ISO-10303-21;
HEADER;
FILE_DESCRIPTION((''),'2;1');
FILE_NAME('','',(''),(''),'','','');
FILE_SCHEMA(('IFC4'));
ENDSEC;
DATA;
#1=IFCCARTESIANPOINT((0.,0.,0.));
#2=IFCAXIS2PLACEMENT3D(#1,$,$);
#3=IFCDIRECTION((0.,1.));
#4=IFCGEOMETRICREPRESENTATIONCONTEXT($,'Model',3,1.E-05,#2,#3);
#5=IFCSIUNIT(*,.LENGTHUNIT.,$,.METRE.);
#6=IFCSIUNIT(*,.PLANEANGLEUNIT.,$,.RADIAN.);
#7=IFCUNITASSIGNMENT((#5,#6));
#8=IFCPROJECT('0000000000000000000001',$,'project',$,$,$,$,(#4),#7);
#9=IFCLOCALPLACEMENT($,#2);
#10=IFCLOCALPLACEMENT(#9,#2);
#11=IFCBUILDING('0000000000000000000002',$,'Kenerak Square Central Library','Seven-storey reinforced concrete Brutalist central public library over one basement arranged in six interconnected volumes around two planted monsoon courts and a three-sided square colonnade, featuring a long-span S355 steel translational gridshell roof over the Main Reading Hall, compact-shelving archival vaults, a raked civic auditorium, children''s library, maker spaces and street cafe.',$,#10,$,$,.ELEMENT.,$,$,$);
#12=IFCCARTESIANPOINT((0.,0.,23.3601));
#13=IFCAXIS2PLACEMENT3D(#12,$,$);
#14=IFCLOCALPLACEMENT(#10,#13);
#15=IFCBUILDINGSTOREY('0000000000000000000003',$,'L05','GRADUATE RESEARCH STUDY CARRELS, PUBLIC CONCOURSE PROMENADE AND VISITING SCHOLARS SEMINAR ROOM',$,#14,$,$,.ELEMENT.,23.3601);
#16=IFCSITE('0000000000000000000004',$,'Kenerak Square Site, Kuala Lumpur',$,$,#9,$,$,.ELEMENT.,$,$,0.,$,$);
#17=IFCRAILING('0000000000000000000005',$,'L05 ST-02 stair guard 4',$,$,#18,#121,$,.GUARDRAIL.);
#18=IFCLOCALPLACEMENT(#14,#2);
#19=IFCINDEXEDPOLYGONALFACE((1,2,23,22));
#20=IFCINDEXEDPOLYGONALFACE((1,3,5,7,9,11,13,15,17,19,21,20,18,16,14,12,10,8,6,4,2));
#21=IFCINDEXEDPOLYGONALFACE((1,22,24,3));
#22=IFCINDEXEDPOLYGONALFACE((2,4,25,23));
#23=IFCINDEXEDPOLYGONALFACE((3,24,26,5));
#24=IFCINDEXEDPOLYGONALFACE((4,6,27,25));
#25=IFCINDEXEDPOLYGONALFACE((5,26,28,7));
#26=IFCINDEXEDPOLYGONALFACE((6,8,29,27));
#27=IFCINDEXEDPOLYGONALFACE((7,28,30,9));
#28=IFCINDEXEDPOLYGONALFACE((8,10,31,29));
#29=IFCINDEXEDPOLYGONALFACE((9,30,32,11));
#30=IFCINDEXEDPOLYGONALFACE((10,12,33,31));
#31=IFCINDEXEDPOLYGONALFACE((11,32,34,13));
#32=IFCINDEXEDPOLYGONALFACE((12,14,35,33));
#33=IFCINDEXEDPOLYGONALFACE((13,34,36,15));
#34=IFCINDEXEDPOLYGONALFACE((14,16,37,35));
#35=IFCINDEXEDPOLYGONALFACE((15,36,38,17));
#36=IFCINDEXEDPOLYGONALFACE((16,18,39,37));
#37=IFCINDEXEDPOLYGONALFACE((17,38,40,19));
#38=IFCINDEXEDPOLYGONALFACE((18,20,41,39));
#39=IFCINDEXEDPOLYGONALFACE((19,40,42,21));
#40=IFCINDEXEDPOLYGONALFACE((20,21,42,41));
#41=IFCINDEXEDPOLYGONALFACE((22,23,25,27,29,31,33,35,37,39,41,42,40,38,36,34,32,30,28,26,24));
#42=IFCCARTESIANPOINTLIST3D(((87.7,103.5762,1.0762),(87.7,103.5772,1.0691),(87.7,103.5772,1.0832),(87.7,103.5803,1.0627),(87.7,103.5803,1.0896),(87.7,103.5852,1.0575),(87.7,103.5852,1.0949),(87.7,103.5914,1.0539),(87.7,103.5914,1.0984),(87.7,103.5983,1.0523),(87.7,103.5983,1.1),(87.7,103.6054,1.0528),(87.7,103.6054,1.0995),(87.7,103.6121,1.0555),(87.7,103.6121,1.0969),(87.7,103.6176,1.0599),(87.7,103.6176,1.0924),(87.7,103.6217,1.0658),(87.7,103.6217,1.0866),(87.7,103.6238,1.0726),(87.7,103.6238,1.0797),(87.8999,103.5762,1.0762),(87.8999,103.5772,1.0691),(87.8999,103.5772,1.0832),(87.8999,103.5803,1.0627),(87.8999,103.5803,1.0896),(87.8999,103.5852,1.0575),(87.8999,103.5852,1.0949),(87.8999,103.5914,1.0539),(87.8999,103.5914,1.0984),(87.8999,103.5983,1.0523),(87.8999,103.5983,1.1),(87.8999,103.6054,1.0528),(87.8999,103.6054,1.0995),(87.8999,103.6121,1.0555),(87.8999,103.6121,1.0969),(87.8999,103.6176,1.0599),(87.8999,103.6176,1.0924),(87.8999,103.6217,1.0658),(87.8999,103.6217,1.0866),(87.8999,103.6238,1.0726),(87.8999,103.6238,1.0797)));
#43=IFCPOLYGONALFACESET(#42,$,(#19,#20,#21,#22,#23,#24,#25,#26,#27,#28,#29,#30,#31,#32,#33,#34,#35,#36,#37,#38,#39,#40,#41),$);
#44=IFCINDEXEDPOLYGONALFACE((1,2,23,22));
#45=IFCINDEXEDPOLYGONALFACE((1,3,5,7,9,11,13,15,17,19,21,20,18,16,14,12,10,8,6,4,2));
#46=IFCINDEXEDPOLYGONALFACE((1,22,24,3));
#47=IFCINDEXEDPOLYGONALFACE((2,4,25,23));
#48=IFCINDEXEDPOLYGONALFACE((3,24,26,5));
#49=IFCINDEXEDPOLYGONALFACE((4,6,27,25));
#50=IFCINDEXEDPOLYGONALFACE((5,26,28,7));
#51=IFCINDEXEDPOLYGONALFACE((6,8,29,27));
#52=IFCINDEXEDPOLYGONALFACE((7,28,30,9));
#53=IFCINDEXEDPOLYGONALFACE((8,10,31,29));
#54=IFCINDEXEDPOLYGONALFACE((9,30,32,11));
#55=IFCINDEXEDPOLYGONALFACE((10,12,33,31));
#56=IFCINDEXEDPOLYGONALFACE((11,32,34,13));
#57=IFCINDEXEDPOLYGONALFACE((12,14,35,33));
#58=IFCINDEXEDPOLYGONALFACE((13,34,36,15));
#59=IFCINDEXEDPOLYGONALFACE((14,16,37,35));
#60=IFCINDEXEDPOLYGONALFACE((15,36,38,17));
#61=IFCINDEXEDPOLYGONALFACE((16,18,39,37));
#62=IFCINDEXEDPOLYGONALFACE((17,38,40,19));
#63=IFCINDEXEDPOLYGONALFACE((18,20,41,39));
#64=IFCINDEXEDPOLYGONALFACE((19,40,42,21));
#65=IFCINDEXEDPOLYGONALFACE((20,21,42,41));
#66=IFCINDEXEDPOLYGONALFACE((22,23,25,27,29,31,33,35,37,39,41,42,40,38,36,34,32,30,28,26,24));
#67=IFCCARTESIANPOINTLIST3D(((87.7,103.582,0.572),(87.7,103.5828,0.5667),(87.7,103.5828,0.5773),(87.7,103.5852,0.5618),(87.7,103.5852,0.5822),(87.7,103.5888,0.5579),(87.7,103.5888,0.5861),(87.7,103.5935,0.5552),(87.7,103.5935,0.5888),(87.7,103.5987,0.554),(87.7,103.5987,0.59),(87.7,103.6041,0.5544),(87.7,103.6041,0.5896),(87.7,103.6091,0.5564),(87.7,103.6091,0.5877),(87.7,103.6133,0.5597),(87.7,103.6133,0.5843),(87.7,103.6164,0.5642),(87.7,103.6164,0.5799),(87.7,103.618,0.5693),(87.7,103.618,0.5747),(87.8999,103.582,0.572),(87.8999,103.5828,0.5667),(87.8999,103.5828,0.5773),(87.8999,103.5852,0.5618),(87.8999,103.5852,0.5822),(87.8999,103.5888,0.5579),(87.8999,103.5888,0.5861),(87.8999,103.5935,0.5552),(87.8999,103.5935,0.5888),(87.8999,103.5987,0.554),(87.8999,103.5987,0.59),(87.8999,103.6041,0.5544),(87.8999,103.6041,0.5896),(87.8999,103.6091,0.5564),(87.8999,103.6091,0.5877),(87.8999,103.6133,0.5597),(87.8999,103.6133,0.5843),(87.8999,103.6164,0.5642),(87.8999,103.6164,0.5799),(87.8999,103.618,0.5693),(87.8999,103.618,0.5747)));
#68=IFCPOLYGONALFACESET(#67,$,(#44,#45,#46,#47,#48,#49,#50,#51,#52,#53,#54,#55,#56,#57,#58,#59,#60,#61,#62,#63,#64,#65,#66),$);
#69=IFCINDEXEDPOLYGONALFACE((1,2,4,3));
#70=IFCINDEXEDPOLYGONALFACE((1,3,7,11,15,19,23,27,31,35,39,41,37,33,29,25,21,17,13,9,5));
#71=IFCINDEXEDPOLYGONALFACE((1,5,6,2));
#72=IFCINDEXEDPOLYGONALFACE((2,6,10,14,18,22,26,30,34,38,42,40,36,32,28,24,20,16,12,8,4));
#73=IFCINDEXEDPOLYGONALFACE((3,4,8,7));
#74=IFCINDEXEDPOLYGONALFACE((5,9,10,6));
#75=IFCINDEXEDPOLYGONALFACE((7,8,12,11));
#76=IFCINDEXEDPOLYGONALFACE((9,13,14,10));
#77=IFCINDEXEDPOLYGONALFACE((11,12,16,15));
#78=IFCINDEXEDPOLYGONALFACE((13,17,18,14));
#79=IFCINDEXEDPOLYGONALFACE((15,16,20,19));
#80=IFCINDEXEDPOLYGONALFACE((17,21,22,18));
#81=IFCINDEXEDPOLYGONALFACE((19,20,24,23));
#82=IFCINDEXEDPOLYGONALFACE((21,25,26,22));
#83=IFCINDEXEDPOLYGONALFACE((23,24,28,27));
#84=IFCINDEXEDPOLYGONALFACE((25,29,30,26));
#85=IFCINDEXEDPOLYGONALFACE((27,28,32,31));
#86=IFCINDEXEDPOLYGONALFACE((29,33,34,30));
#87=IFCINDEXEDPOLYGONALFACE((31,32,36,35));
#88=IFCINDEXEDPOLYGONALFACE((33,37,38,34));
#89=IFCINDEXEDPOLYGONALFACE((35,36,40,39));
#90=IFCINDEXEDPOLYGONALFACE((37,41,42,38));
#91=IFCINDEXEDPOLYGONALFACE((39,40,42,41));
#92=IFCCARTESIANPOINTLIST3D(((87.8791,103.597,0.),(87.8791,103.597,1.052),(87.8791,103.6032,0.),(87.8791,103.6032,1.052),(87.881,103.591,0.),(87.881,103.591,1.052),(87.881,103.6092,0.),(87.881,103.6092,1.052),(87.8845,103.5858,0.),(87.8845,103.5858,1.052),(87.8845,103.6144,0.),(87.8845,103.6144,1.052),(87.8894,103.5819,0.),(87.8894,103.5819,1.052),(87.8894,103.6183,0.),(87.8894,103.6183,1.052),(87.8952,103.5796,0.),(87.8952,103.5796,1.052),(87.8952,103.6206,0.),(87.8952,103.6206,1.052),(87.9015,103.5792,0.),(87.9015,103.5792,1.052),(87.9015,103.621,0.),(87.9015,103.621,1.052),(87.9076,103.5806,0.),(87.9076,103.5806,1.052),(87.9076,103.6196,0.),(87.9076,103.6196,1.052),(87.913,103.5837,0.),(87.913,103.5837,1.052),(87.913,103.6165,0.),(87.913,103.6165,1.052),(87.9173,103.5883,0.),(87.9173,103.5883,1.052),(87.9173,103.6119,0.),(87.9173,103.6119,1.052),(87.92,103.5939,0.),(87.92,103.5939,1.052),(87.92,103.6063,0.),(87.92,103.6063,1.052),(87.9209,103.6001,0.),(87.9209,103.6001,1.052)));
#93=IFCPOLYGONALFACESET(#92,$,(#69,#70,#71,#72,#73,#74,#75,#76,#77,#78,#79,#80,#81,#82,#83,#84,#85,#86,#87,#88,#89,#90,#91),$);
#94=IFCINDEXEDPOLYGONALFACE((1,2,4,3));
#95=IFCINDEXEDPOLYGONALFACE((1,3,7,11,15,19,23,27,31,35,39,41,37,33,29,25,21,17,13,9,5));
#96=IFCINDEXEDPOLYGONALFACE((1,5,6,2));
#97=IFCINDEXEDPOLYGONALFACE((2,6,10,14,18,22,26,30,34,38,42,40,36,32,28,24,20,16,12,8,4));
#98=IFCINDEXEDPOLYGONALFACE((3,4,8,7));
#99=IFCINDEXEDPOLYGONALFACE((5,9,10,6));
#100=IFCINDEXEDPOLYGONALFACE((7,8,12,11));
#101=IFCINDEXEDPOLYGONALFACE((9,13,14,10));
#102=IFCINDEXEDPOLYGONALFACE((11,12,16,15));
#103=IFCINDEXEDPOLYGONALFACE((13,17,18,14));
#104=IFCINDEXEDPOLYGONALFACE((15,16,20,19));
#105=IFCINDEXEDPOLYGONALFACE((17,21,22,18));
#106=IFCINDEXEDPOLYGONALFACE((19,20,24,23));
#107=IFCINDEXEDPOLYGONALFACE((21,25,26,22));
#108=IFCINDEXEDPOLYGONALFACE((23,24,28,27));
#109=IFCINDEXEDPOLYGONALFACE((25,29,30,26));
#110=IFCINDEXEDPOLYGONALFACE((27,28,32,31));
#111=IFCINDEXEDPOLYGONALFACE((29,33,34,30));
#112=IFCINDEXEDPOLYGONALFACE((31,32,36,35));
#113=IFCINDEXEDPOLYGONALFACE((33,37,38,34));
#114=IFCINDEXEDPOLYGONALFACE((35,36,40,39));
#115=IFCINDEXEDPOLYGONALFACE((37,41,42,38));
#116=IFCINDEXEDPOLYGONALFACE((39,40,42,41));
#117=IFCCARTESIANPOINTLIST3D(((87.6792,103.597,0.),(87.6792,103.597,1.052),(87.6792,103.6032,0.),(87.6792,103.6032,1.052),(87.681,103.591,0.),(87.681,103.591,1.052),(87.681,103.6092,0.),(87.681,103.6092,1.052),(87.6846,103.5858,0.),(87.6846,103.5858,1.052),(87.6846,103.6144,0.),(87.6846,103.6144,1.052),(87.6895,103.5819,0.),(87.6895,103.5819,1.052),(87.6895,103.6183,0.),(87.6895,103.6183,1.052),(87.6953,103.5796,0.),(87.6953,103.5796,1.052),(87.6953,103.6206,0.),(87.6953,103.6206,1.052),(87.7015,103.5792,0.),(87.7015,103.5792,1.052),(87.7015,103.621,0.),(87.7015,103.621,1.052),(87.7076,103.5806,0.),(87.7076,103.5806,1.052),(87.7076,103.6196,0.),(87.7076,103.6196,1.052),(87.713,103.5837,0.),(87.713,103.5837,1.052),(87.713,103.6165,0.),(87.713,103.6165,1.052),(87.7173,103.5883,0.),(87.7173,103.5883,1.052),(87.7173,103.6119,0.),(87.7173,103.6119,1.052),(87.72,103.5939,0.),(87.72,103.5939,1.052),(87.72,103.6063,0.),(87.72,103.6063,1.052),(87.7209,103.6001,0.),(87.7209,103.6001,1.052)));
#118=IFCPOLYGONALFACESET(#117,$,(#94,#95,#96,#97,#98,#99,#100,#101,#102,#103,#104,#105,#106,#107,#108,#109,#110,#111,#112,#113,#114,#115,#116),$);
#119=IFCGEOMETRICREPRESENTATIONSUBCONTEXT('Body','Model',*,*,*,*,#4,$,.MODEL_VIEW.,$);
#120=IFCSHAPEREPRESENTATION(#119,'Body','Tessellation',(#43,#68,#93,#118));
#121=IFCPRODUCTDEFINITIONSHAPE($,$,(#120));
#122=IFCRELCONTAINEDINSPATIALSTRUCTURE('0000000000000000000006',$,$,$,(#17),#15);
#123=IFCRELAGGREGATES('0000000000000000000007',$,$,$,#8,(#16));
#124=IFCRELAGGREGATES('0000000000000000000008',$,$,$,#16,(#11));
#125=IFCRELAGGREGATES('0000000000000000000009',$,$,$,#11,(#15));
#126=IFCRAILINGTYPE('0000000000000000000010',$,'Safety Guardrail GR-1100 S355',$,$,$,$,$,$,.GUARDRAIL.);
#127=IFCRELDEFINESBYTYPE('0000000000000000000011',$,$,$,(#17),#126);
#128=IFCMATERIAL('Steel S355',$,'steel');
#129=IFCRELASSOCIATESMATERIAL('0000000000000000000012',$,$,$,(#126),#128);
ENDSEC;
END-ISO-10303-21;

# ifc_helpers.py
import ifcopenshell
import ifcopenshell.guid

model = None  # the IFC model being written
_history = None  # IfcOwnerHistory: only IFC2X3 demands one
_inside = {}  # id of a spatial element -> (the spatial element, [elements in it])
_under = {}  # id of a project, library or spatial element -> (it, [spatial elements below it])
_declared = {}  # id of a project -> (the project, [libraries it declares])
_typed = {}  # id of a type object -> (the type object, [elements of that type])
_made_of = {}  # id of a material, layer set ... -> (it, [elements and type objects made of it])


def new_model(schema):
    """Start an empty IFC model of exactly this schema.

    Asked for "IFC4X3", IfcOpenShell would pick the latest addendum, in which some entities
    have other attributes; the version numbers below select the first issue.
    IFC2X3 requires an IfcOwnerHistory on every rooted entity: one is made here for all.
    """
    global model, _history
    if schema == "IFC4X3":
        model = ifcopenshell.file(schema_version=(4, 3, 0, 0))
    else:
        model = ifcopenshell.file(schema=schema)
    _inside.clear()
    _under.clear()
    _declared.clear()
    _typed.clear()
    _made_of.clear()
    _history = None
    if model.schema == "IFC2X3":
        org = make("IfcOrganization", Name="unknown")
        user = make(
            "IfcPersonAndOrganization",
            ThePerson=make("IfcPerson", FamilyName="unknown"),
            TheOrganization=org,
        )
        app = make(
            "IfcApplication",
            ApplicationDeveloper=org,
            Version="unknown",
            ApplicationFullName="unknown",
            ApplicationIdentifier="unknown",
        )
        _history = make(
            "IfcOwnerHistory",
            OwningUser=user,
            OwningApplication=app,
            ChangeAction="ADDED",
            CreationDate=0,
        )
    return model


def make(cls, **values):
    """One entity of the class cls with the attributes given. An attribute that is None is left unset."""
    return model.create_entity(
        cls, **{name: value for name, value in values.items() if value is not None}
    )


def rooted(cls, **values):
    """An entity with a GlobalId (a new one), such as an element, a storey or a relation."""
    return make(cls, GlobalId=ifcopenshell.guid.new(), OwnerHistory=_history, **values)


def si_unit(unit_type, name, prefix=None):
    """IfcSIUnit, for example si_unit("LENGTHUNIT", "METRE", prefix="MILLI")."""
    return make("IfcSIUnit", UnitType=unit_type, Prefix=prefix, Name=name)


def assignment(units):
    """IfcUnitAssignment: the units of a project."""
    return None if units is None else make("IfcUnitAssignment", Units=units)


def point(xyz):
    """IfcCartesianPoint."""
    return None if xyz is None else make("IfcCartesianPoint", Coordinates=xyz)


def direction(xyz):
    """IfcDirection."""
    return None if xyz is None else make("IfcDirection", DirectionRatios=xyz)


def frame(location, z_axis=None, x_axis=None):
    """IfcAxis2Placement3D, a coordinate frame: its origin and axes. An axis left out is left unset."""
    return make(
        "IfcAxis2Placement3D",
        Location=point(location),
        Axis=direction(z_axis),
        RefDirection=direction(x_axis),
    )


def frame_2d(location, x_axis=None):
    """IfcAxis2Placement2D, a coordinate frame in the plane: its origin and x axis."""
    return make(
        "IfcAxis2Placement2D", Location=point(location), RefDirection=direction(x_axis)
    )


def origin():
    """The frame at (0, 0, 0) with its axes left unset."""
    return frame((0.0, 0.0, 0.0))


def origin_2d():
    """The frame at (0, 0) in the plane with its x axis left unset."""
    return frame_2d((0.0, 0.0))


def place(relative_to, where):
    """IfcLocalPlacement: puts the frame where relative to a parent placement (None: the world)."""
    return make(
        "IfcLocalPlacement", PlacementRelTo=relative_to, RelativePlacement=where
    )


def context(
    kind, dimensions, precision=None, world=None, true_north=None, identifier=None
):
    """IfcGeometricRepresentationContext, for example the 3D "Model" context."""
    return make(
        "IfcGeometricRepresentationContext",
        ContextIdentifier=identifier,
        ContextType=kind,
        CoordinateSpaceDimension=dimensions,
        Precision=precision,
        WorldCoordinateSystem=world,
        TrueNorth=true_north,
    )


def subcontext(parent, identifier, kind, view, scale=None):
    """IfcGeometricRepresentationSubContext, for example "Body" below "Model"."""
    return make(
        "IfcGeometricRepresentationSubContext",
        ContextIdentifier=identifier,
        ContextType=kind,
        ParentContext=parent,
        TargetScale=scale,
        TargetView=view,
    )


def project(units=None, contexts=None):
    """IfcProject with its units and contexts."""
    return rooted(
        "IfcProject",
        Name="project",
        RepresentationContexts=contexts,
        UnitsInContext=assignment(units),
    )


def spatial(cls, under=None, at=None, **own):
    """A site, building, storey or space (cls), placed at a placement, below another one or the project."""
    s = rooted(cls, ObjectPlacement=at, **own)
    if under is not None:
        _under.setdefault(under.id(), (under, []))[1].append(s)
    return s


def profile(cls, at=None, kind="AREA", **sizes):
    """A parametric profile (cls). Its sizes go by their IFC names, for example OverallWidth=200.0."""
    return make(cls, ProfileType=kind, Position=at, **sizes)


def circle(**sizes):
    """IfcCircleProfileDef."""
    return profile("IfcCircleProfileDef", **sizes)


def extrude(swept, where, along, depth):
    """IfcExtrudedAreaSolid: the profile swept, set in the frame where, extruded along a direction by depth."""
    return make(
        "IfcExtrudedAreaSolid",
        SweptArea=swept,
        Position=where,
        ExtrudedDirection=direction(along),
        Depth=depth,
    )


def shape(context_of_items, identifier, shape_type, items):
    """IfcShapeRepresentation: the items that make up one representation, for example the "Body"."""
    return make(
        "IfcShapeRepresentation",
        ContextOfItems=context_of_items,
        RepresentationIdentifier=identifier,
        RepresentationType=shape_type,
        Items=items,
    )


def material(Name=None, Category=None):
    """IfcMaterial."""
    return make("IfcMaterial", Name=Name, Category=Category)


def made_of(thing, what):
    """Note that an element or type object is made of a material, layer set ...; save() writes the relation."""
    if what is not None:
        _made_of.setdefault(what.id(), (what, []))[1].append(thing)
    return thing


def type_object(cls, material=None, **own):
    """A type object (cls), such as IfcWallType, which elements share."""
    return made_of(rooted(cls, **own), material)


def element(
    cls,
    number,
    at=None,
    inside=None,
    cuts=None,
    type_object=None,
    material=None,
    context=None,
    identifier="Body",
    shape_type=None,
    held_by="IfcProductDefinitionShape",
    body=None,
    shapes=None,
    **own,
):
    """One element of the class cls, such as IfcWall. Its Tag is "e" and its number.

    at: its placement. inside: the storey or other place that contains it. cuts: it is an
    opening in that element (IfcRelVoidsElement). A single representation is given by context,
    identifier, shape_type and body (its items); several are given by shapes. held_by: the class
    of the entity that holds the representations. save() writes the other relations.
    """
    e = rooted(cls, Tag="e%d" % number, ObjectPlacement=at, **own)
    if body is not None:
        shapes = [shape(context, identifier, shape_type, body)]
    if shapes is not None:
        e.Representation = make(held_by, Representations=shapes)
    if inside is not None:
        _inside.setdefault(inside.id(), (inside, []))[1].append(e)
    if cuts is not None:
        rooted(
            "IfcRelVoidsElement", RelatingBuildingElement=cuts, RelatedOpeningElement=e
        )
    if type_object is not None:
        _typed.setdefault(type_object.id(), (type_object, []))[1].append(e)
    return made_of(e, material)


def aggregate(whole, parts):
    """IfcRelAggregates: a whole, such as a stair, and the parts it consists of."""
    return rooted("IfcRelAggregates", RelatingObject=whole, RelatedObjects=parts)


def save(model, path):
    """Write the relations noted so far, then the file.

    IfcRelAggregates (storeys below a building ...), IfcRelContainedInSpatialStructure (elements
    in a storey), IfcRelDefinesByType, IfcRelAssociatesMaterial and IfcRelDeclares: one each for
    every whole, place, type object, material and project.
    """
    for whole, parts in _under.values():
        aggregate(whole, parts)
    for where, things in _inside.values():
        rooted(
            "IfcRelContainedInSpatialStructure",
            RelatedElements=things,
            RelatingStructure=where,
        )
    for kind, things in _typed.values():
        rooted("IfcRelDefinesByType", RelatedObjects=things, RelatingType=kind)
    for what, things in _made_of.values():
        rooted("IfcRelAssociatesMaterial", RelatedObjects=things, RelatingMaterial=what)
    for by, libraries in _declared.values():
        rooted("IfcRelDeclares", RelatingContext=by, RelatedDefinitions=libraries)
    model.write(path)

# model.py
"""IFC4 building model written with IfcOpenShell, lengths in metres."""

from ifc_helpers import new_model, si_unit, direction, frame, origin, origin_2d, place, context, subcontext, project, spatial, circle, extrude, material, type_object, element, save


model = new_model("IFC4")

# Units and contexts
model_context = context("Model", 3, precision=1e-05, world=origin(), true_north=direction((0.0, 1.0)))
body_context = subcontext(model_context, "Body", "Model", "MODEL_VIEW")
ifc_project = project(units=[si_unit("LENGTHUNIT", "METRE"), si_unit("PLANEANGLEUNIT", "RADIAN")], contexts=[model_context])

# Site, building, storey
site_placement = place(None, origin())
site = spatial("IfcSite", under=ifc_project, at=site_placement, Name="Kenerak Square Site, Kuala Lumpur", CompositionType="ELEMENT", RefElevation=0.0)
building_placement = place(site_placement, origin())
building = spatial("IfcBuilding", under=site, at=building_placement, Name="Kenerak Square Central Library", Description="Seven-storey reinforced concrete Brutalist central public library over one basement arranged in six interconnected volumes around two planted monsoon courts and a three-sided square colonnade, featuring a long-span S355 steel translational gridshell roof over the Main Reading Hall, compact-shelving archival vaults, a raked civic auditorium, children's library, maker spaces and street cafe.", CompositionType="ELEMENT")
storey_placement = place(building_placement, frame((0.0, 0.0, 23.3601)))
storey = spatial("IfcBuildingStorey", under=building, at=storey_placement, Name="L05", Description="GRADUATE RESEARCH STUDY CARRELS, PUBLIC CONCOURSE PROMENADE AND VISITING SCHOLARS SEMINAR ROOM", CompositionType="ELEMENT", Elevation=23.3601)

# Shared definitions
ifc_material_1 = material(Name="Steel S355", Category="steel")

# Railing
railing_type = type_object("IfcRailingType", Name="Safety Guardrail GR-1100 S355", PredefinedType="GUARDRAIL", material=ifc_material_1)
railing_1_placement = place(storey_placement, frame((87.8999, 103.6001, 0.0)))
element("IfcRailing", 1, at=railing_1_placement, inside=storey, type_object=railing_type, Name="L05 ST-02 stair guard 4", PredefinedType="GUARDRAIL", context=body_context, shape_type="SweptSolid", body=[
    extrude(circle(Radius=0.0239, at=origin_2d()), frame((0.0, 0.0, 1.0762), z_axis=(-1.0, 0.0, 0.0), x_axis=(0.0, -1.0, 0.0)), (0.0, 0.0, 1.0), 0.2),
    extrude(circle(Radius=0.0181, at=origin_2d()), frame((0.0, 0.0, 0.572), z_axis=(-1.0, 0.0, 0.0), x_axis=(0.0, -1.0, 0.0)), (0.0, 0.0, 1.0), 0.2),
    extrude(circle(Radius=0.021, at=origin_2d()), origin(), (0.0, 0.0, 1.0), 1.052),
    extrude(circle(Radius=0.021, at=origin_2d()), frame((-0.2, 0.0, 0.0)), (0.0, 0.0, 1.0), 1.052),
])

save(model, "model.ifc")
